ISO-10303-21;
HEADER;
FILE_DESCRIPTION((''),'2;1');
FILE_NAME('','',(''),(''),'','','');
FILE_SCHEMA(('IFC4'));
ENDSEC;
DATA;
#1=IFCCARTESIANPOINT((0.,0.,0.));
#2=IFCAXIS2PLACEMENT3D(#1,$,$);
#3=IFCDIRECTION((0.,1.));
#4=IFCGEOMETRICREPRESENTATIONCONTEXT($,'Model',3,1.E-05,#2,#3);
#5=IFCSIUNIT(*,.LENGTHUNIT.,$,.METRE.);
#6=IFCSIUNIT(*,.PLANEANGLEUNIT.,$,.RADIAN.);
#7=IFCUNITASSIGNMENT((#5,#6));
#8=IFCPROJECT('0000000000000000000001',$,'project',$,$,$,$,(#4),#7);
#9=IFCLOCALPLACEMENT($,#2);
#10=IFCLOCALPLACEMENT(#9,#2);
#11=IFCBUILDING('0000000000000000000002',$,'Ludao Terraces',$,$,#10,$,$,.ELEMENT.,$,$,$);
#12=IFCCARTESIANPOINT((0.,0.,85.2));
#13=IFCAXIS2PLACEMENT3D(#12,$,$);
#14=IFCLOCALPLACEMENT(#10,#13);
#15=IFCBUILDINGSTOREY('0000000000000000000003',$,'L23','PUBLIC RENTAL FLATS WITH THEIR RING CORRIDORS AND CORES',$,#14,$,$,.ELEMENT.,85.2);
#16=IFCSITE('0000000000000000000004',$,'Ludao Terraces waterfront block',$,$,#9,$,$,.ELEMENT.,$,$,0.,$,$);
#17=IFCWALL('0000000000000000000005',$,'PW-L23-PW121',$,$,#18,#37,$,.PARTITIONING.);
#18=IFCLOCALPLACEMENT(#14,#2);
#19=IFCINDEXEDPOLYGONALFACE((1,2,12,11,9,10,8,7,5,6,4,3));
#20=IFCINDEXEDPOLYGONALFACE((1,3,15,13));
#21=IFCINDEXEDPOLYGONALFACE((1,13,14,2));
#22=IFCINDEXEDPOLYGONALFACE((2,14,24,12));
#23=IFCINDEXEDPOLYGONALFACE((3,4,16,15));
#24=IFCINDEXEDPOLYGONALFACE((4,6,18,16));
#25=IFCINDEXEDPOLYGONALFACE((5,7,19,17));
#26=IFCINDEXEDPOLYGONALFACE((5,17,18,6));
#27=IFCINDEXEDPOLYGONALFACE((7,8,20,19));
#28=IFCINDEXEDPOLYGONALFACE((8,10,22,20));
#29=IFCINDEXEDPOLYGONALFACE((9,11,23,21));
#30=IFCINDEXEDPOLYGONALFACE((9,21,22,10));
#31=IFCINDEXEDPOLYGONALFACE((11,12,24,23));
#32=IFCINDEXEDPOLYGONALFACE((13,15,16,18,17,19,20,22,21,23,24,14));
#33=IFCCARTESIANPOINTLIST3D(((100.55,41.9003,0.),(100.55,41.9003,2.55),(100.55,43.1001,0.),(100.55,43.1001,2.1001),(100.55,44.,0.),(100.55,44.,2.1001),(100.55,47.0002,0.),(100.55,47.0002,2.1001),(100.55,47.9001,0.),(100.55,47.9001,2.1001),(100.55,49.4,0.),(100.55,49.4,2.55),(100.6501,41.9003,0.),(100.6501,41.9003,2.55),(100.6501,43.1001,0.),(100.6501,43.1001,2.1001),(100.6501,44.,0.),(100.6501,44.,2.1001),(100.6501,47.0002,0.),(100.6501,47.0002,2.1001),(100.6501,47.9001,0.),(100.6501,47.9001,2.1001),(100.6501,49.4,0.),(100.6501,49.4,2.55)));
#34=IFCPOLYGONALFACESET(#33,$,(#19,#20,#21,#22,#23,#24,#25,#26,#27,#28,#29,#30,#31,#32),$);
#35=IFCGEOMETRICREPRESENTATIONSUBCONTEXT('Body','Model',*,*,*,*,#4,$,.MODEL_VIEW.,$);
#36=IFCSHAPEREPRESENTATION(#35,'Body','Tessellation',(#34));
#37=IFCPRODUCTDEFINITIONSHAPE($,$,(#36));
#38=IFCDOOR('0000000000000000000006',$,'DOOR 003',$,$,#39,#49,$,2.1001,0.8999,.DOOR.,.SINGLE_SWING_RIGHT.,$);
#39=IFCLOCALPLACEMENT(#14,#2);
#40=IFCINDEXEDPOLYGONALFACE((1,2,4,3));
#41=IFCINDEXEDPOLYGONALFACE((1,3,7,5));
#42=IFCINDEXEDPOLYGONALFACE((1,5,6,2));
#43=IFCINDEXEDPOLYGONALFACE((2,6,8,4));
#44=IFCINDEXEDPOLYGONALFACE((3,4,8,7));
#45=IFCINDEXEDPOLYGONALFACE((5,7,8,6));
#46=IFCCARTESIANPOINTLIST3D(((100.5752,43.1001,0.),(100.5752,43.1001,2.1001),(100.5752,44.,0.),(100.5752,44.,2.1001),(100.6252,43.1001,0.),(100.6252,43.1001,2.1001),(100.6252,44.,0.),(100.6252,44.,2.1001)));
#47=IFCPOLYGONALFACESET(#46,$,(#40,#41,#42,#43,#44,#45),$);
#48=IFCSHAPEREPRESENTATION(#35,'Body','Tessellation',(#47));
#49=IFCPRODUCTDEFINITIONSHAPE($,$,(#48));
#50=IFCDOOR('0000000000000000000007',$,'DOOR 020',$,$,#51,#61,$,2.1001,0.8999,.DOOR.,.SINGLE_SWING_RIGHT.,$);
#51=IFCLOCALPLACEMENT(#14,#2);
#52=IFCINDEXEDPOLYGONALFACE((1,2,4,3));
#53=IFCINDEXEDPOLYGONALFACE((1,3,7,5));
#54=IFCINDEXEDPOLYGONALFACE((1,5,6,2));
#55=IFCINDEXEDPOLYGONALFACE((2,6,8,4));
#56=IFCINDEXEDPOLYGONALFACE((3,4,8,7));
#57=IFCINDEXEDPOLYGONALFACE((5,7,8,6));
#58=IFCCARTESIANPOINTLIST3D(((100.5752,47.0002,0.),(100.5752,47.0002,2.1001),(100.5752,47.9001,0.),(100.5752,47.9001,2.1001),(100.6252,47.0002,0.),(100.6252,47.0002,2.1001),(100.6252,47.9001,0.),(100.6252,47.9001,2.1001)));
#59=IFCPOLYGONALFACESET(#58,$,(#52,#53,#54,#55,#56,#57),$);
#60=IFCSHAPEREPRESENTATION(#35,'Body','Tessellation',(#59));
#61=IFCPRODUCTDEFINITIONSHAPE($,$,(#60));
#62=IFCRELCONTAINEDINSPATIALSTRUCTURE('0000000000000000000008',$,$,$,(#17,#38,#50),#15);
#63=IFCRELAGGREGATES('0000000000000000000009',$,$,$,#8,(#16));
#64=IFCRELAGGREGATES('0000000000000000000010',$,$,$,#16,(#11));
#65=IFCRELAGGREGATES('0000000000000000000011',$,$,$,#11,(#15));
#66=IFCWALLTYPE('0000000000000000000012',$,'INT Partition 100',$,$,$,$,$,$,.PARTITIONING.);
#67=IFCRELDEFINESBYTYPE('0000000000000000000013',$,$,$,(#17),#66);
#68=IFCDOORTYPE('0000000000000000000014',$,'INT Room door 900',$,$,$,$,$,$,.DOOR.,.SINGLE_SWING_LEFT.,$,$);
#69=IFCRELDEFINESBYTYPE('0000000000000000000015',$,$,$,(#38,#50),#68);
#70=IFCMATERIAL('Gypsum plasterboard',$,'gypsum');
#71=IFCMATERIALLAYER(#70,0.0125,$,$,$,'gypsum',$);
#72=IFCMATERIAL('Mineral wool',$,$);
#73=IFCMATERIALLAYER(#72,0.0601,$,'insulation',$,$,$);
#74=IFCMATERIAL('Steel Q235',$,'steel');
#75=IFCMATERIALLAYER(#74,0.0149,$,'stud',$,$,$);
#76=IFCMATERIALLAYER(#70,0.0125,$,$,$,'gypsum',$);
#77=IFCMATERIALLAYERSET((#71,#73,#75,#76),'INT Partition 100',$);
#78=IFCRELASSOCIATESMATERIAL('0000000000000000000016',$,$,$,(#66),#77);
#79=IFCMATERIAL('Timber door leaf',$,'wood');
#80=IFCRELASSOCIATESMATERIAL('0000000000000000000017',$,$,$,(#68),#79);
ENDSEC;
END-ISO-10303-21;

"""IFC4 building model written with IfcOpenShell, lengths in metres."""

from ifc_helpers import new_model, si_unit, direction, frame, frame_2d, origin, place, context, subcontext, project, spatial, rectangle, extrude, material, layer, layer_set, type_object, element, fill, save


model = new_model("IFC4")

# Units and contexts
model_context = context("Model", 3, precision=1e-05, world=origin(), true_north=direction((0.0, 1.0)))
body_context = subcontext(model_context, "Body", "Model", "MODEL_VIEW")
ifc_project = project(units=[si_unit("LENGTHUNIT", "METRE"), si_unit("PLANEANGLEUNIT", "RADIAN")], contexts=[model_context])

# Site, building, storey
site_placement = place(None, origin())
site = spatial("IfcSite", under=ifc_project, at=site_placement, Name="Ludao Terraces waterfront block", CompositionType="ELEMENT", RefElevation=0.0)
building_placement = place(site_placement, origin())
building = spatial("IfcBuilding", under=site, at=building_placement, Name="Ludao Terraces", CompositionType="ELEMENT")
storey_placement = place(building_placement, frame((0.0, 0.0, 85.2)))
storey = spatial("IfcBuildingStorey", under=building, at=storey_placement, Name="L23", Description="PUBLIC RENTAL FLATS WITH THEIR RING CORRIDORS AND CORES", CompositionType="ELEMENT", Elevation=85.2)

# Shared definitions
ifc_material_1 = material(Name="Gypsum plasterboard", Category="gypsum")
ifc_layer_1 = layer(ifc_material_1, 0.0125, Category="gypsum")
ifc_material_2 = material(Name="Mineral wool")
ifc_layer_2 = layer(ifc_material_2, 0.0601, Name="insulation")
ifc_material_3 = material(Name="Steel Q235", Category="steel")
ifc_layer_3 = layer(ifc_material_3, 0.0149, Name="stud")
ifc_layer_4 = layer(ifc_material_1, 0.0125, Category="gypsum")
ifc_layer_set = layer_set([ifc_layer_1, ifc_layer_2, ifc_layer_3, ifc_layer_4], Name="INT Partition 100")
wall_type = type_object("IfcWallType", Name="INT Partition 100", PredefinedType="PARTITIONING", material=ifc_layer_set)

# Wall, openings, doors
ifc_material_4 = material(Name="Timber door leaf", Category="wood")
door_type_1 = type_object("IfcDoorType", Name="INT Room door 900", OperationType="SINGLE_SWING_LEFT", PredefinedType="DOOR", material=ifc_material_4)
wall_1_placement = place(storey_placement, frame((100.6001, 41.9001, 0.0), z_axis=(0.0, 0.0, 1.0), x_axis=(0.0, 1.0, 0.0)))
wall_1 = element("IfcWall", 1, at=wall_1_placement, inside=storey, type_object=wall_type, Name="PW-L23-PW121", PredefinedType="PARTITIONING", context=body_context, shape_type="SweptSolid", body=[
    extrude(rectangle(XDim=7.4998, YDim=0.1001, at=frame_2d((3.75, 0.0))), origin(), (0.0, 0.0, 1.0), 2.55),
])
opening_1_placement = place(wall_1_placement, frame((1.2, 0.0, 0.0)))
opening_1 = element("IfcOpeningElement", 2, at=opening_1_placement, cuts=wall_1, PredefinedType="OPENING", context=body_context, shape_type="SweptSolid", body=[
    extrude(rectangle(XDim=0.8999, YDim=2.1001, at=frame_2d((0.45, 1.05))), frame((0.0, 0.0601, 0.0), z_axis=(0.0, -1.0, 0.0), x_axis=(1.0, 0.0, 0.0)), (0.0, 0.0, 1.0), 0.1201),
])
opening_2_placement = place(wall_1_placement, frame((5.1001, 0.0, 0.0)))
opening_2 = element("IfcOpeningElement", 3, at=opening_2_placement, cuts=wall_1, PredefinedType="OPENING", context=body_context, shape_type="SweptSolid", body=[
    extrude(rectangle(XDim=0.8999, YDim=2.1001, at=frame_2d((0.45, 1.05))), frame((0.0, 0.0601, 0.0), z_axis=(0.0, -1.0, 0.0), x_axis=(1.0, 0.0, 0.0)), (0.0, 0.0, 1.0), 0.1201),
])
door_1_placement = place(opening_1_placement, origin())
door_1 = element("IfcDoor", 4, at=door_1_placement, inside=storey, type_object=door_type_1, Name="DOOR 003", OperationType="SINGLE_SWING_RIGHT", OverallHeight=2.1001, OverallWidth=0.8999, PredefinedType="DOOR", context=body_context, shape_type="SweptSolid", body=[
    extrude(rectangle(XDim=0.8999, YDim=2.1001, at=frame_2d((0.45, 1.05))), frame((0.0, 0.0249, 0.0), z_axis=(0.0, -1.0, 0.0), x_axis=(1.0, 0.0, 0.0)), (0.0, 0.0, 1.0), 0.05),
])
fill(opening_1, door_1)
door_2_placement = place(opening_2_placement, origin())
door_2 = element("IfcDoor", 5, at=door_2_placement, inside=storey, type_object=door_type_1, Name="DOOR 020", OperationType="SINGLE_SWING_RIGHT", OverallHeight=2.1001, OverallWidth=0.8999, PredefinedType="DOOR", context=body_context, shape_type="SweptSolid", body=[
    extrude(rectangle(XDim=0.8999, YDim=2.1001, at=frame_2d((0.45, 1.05))), frame((0.0, 0.0249, 0.0), z_axis=(0.0, -1.0, 0.0), x_axis=(1.0, 0.0, 0.0)), (0.0, 0.0, 1.0), 0.05),
])
fill(opening_2, door_2)

save(model, "model.ifc")
